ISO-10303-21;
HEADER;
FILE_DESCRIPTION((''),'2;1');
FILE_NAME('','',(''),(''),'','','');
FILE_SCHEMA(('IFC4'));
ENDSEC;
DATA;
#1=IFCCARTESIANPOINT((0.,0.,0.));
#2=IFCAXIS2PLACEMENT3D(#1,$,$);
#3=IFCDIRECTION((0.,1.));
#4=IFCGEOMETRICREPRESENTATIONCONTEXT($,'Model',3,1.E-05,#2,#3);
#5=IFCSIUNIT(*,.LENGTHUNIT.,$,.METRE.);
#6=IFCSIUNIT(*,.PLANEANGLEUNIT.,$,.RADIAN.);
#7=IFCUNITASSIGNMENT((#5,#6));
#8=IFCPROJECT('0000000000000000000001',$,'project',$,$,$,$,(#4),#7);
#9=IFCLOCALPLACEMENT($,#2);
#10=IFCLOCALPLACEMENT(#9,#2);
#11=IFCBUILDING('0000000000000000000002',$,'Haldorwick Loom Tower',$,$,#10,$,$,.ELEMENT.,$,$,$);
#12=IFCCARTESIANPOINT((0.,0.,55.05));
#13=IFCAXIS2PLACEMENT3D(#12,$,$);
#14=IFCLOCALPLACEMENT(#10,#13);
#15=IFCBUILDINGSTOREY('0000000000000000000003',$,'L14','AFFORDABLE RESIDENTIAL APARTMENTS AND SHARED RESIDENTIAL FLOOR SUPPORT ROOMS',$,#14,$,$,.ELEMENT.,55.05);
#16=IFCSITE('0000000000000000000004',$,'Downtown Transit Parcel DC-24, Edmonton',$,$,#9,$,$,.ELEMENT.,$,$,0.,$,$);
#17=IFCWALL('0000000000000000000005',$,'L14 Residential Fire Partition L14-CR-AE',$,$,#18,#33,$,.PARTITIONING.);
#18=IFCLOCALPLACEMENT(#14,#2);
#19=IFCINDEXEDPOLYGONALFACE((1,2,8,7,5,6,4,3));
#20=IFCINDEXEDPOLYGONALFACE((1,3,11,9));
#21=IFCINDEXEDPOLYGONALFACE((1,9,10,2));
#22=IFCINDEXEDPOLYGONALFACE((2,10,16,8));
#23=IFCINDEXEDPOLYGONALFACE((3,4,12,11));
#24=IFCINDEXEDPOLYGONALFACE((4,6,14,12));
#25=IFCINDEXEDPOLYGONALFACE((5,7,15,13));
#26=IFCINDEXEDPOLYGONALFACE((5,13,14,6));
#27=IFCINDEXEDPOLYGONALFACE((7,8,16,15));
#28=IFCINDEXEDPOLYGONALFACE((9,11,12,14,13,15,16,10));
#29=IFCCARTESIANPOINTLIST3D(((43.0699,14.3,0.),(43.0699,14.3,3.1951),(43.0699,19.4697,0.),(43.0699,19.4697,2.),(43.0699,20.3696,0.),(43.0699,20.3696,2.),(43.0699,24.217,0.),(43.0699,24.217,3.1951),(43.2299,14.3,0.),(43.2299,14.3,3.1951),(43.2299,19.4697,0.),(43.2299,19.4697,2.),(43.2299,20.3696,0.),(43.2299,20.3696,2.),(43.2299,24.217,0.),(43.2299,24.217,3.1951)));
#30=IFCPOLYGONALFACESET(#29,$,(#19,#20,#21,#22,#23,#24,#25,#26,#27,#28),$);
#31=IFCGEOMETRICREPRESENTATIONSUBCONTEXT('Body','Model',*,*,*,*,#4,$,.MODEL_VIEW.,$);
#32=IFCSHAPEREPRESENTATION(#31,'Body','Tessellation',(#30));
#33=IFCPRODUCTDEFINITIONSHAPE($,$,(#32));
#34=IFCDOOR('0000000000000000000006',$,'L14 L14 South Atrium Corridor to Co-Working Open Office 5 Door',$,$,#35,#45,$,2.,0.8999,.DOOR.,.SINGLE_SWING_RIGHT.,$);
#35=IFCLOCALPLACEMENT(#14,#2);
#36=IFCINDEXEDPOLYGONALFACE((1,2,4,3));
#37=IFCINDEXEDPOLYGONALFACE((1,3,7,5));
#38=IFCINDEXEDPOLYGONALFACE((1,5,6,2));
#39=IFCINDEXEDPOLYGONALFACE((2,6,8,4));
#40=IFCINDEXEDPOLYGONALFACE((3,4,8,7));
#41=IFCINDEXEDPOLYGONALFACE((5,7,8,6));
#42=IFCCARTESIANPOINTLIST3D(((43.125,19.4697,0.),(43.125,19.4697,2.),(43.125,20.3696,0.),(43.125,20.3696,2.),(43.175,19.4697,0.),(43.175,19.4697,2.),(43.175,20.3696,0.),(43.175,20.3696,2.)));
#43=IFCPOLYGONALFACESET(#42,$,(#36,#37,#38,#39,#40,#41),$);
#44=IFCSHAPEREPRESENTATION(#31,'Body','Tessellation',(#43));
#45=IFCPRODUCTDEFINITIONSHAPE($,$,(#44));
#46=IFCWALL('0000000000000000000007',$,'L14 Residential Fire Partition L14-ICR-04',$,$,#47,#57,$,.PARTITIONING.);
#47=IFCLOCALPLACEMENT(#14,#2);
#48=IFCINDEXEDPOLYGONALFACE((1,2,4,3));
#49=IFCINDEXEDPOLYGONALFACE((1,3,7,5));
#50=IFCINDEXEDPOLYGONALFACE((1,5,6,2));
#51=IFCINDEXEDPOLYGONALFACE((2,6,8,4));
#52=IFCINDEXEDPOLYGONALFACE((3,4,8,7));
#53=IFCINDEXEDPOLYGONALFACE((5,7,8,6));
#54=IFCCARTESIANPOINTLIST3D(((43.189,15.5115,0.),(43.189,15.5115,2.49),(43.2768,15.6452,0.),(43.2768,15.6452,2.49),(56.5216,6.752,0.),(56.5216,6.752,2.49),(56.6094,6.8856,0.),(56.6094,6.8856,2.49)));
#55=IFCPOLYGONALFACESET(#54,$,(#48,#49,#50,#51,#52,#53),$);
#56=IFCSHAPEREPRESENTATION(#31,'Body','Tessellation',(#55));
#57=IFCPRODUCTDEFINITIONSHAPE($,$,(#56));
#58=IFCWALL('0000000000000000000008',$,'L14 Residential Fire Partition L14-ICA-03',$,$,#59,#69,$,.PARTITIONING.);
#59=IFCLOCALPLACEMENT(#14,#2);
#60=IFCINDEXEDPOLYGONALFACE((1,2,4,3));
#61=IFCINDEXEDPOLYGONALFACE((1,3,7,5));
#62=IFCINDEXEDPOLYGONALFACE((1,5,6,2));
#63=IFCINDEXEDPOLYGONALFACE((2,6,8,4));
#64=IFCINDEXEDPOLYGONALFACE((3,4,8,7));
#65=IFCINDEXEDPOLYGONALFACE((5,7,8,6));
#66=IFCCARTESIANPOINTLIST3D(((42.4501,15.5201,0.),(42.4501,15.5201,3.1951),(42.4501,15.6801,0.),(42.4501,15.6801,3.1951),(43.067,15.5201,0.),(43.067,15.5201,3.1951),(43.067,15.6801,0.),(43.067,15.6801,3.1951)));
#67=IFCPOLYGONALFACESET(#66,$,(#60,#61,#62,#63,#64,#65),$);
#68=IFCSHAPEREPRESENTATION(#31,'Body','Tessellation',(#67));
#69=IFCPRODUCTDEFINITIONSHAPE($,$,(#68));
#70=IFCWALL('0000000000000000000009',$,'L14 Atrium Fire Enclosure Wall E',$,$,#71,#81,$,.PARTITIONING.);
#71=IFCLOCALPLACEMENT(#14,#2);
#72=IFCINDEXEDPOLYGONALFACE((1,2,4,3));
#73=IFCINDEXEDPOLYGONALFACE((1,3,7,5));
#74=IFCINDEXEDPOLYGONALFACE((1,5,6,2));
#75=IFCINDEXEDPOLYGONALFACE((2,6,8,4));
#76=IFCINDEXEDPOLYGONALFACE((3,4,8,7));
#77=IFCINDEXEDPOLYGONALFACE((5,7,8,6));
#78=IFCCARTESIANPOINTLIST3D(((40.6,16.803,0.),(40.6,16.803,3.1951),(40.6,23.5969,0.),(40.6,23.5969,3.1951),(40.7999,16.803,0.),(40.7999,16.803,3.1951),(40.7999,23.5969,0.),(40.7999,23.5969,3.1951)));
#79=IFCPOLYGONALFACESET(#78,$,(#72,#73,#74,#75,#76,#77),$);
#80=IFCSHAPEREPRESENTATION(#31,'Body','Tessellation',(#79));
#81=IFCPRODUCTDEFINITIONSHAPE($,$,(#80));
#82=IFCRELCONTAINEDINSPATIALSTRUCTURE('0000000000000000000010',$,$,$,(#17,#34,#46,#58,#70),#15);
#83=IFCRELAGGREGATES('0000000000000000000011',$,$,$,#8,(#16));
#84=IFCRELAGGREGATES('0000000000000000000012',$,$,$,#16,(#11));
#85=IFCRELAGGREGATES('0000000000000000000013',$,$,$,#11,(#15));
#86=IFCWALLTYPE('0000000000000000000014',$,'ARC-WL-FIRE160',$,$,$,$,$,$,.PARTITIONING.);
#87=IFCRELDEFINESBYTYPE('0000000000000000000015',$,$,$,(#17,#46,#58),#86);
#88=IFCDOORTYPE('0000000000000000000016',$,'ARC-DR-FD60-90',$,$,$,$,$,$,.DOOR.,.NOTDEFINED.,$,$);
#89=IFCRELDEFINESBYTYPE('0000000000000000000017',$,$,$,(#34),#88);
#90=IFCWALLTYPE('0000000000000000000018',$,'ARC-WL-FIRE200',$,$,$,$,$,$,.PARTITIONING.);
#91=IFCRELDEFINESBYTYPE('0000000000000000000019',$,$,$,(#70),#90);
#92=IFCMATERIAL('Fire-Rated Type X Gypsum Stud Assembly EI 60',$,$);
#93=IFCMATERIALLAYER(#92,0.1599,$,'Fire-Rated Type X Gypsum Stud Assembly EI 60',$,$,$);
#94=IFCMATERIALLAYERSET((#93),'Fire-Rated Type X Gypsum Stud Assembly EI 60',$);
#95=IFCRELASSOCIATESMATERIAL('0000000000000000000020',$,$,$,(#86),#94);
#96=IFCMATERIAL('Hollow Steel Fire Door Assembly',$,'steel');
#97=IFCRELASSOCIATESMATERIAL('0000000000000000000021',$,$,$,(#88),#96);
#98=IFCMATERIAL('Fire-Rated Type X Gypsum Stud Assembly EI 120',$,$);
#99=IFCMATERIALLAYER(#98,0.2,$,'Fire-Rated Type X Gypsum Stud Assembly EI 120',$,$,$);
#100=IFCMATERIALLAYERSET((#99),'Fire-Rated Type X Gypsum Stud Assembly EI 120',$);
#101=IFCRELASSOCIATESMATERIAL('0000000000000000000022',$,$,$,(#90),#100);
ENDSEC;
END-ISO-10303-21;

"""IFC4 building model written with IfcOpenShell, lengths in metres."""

from ifc_helpers import new_model, si_unit, direction, frame, frame_2d, origin, place, context, subcontext, project, spatial, rectangle, extrude, material, layer, layer_set, type_object, element, fill, save


model = new_model("IFC4")

# Units and contexts
model_context = context("Model", 3, precision=1e-05, world=origin(), true_north=direction((0.0, 1.0)))
body_context = subcontext(model_context, "Body", "Model", "MODEL_VIEW")
ifc_project = project(units=[si_unit("LENGTHUNIT", "METRE"), si_unit("PLANEANGLEUNIT", "RADIAN")], contexts=[model_context])

# Site, building, storey
site_placement = place(None, origin())
site = spatial("IfcSite", under=ifc_project, at=site_placement, Name="Downtown Transit Parcel DC-24, Edmonton", CompositionType="ELEMENT", RefElevation=0.0)
building_placement = place(site_placement, origin())
building = spatial("IfcBuilding", under=site, at=building_placement, Name="Haldorwick Loom Tower", CompositionType="ELEMENT")
storey_placement = place(building_placement, frame((0.0, 0.0, 55.05)))
storey = spatial("IfcBuildingStorey", under=building, at=storey_placement, Name="L14", Description="AFFORDABLE RESIDENTIAL APARTMENTS AND SHARED RESIDENTIAL FLOOR SUPPORT ROOMS", CompositionType="ELEMENT", Elevation=55.05)

# Wall, opening, door
ifc_material_1 = material(Name="Fire-Rated Type X Gypsum Stud Assembly EI 60")
ifc_layer_1 = layer(ifc_material_1, 0.1599, Name="Fire-Rated Type X Gypsum Stud Assembly EI 60")
ifc_layer_set_1 = layer_set([ifc_layer_1], Name="Fire-Rated Type X Gypsum Stud Assembly EI 60")
wall_type_1 = type_object("IfcWallType", Name="ARC-WL-FIRE160", PredefinedType="PARTITIONING", material=ifc_layer_set_1)
wall_1_placement = place(storey_placement, frame((43.1499, 14.3, 0.0), z_axis=(0.0, 0.0, 1.0), x_axis=(0.0, 1.0, 0.0)))
wall_1 = element("IfcWall", 1, at=wall_1_placement, inside=storey, type_object=wall_type_1, Name="L14 Residential Fire Partition L14-CR-AE", PredefinedType="PARTITIONING", context=body_context, shape_type="SweptSolid", body=[
    extrude(rectangle(XDim=9.917, YDim=0.1599, at=frame_2d((4.9585, 0.0))), origin(), (0.0, 0.0, 1.0), 3.1951),
])
opening_1_placement = place(wall_1_placement, frame((5.1697, 0.0, 0.0)))
opening_1 = element("IfcOpeningElement", 2, at=opening_1_placement, cuts=wall_1, PredefinedType="OPENING", context=body_context, shape_type="SweptSolid", body=[
    extrude(rectangle(XDim=0.8999, YDim=2.0, at=frame_2d((0.45, 1.0))), frame((0.0, 0.0898, 0.0), z_axis=(0.0, -1.0, 0.0), x_axis=(1.0, 0.0, 0.0)), (0.0, 0.0, 1.0), 0.1799),
])
ifc_material_2 = material(Name="Hollow Steel Fire Door Assembly", Category="steel")
door_type = type_object("IfcDoorType", Name="ARC-DR-FD60-90", OperationType="NOTDEFINED", PredefinedType="DOOR", material=ifc_material_2)
door_placement = place(opening_1_placement, origin())
door = element("IfcDoor", 3, at=door_placement, inside=storey, type_object=door_type, Name="L14 L14 South Atrium Corridor to Co-Working Open Office 5 Door", OperationType="SINGLE_SWING_RIGHT", OverallHeight=2.0, OverallWidth=0.8999, PredefinedType="DOOR", context=body_context, shape_type="SweptSolid", body=[
    extrude(rectangle(XDim=0.8999, YDim=2.0, at=frame_2d((0.45, 1.0))), frame((0.0, 0.0249, 0.0), z_axis=(0.0, -1.0, 0.0), x_axis=(1.0, 0.0, 0.0)), (0.0, 0.0, 1.0), 0.05),
])
fill(opening_1, door)

# Walls
wall_2_placement = place(storey_placement, frame((43.2329, 15.5784, 0.0), z_axis=(0.0, 0.0, 1.0), x_axis=(0.835759, -0.549097, 0.0)))
element("IfcWall", 4, at=wall_2_placement, inside=storey, type_object=wall_type_1, Name="L14 Residential Fire Partition L14-ICR-04", PredefinedType="PARTITIONING", context=body_context, shape_type="SweptSolid", body=[
    extrude(rectangle(XDim=15.9526, YDim=0.1599, at=frame_2d((7.9763, 0.0))), origin(), (0.0, 0.0, 1.0), 2.49),
])
wall_3_placement = place(storey_placement, frame((42.45, 15.6001, 0.0), z_axis=(0.0, 0.0, 1.0), x_axis=(1.0, 0.0, 0.0)))
element("IfcWall", 5, at=wall_3_placement, inside=storey, type_object=wall_type_1, Name="L14 Residential Fire Partition L14-ICA-03", PredefinedType="PARTITIONING", context=body_context, shape_type="SweptSolid", body=[
    extrude(rectangle(XDim=0.6169, YDim=0.1599, at=frame_2d((0.3086, 0.0))), origin(), (0.0, 0.0, 1.0), 3.1951),
])
ifc_material_3 = material(Name="Fire-Rated Type X Gypsum Stud Assembly EI 120")
ifc_layer_2 = layer(ifc_material_3, 0.2, Name="Fire-Rated Type X Gypsum Stud Assembly EI 120")
ifc_layer_set_2 = layer_set([ifc_layer_2], Name="Fire-Rated Type X Gypsum Stud Assembly EI 120")
wall_type_2 = type_object("IfcWallType", Name="ARC-WL-FIRE200", PredefinedType="PARTITIONING", material=ifc_layer_set_2)
wall_4_placement = place(storey_placement, frame((40.7, 23.5969, 0.0), z_axis=(0.0, 0.0, 1.0), x_axis=(0.0, -1.0, 0.0)))
element("IfcWall", 6, at=wall_4_placement, inside=storey, type_object=wall_type_2, Name="L14 Atrium Fire Enclosure Wall E", PredefinedType="PARTITIONING", context=body_context, shape_type="SweptSolid", body=[
    extrude(rectangle(XDim=6.7939, YDim=0.2, at=frame_2d((3.397, 0.0))), origin(), (0.0, 0.0, 1.0), 3.1951),
])

save(model, "model.ifc")
